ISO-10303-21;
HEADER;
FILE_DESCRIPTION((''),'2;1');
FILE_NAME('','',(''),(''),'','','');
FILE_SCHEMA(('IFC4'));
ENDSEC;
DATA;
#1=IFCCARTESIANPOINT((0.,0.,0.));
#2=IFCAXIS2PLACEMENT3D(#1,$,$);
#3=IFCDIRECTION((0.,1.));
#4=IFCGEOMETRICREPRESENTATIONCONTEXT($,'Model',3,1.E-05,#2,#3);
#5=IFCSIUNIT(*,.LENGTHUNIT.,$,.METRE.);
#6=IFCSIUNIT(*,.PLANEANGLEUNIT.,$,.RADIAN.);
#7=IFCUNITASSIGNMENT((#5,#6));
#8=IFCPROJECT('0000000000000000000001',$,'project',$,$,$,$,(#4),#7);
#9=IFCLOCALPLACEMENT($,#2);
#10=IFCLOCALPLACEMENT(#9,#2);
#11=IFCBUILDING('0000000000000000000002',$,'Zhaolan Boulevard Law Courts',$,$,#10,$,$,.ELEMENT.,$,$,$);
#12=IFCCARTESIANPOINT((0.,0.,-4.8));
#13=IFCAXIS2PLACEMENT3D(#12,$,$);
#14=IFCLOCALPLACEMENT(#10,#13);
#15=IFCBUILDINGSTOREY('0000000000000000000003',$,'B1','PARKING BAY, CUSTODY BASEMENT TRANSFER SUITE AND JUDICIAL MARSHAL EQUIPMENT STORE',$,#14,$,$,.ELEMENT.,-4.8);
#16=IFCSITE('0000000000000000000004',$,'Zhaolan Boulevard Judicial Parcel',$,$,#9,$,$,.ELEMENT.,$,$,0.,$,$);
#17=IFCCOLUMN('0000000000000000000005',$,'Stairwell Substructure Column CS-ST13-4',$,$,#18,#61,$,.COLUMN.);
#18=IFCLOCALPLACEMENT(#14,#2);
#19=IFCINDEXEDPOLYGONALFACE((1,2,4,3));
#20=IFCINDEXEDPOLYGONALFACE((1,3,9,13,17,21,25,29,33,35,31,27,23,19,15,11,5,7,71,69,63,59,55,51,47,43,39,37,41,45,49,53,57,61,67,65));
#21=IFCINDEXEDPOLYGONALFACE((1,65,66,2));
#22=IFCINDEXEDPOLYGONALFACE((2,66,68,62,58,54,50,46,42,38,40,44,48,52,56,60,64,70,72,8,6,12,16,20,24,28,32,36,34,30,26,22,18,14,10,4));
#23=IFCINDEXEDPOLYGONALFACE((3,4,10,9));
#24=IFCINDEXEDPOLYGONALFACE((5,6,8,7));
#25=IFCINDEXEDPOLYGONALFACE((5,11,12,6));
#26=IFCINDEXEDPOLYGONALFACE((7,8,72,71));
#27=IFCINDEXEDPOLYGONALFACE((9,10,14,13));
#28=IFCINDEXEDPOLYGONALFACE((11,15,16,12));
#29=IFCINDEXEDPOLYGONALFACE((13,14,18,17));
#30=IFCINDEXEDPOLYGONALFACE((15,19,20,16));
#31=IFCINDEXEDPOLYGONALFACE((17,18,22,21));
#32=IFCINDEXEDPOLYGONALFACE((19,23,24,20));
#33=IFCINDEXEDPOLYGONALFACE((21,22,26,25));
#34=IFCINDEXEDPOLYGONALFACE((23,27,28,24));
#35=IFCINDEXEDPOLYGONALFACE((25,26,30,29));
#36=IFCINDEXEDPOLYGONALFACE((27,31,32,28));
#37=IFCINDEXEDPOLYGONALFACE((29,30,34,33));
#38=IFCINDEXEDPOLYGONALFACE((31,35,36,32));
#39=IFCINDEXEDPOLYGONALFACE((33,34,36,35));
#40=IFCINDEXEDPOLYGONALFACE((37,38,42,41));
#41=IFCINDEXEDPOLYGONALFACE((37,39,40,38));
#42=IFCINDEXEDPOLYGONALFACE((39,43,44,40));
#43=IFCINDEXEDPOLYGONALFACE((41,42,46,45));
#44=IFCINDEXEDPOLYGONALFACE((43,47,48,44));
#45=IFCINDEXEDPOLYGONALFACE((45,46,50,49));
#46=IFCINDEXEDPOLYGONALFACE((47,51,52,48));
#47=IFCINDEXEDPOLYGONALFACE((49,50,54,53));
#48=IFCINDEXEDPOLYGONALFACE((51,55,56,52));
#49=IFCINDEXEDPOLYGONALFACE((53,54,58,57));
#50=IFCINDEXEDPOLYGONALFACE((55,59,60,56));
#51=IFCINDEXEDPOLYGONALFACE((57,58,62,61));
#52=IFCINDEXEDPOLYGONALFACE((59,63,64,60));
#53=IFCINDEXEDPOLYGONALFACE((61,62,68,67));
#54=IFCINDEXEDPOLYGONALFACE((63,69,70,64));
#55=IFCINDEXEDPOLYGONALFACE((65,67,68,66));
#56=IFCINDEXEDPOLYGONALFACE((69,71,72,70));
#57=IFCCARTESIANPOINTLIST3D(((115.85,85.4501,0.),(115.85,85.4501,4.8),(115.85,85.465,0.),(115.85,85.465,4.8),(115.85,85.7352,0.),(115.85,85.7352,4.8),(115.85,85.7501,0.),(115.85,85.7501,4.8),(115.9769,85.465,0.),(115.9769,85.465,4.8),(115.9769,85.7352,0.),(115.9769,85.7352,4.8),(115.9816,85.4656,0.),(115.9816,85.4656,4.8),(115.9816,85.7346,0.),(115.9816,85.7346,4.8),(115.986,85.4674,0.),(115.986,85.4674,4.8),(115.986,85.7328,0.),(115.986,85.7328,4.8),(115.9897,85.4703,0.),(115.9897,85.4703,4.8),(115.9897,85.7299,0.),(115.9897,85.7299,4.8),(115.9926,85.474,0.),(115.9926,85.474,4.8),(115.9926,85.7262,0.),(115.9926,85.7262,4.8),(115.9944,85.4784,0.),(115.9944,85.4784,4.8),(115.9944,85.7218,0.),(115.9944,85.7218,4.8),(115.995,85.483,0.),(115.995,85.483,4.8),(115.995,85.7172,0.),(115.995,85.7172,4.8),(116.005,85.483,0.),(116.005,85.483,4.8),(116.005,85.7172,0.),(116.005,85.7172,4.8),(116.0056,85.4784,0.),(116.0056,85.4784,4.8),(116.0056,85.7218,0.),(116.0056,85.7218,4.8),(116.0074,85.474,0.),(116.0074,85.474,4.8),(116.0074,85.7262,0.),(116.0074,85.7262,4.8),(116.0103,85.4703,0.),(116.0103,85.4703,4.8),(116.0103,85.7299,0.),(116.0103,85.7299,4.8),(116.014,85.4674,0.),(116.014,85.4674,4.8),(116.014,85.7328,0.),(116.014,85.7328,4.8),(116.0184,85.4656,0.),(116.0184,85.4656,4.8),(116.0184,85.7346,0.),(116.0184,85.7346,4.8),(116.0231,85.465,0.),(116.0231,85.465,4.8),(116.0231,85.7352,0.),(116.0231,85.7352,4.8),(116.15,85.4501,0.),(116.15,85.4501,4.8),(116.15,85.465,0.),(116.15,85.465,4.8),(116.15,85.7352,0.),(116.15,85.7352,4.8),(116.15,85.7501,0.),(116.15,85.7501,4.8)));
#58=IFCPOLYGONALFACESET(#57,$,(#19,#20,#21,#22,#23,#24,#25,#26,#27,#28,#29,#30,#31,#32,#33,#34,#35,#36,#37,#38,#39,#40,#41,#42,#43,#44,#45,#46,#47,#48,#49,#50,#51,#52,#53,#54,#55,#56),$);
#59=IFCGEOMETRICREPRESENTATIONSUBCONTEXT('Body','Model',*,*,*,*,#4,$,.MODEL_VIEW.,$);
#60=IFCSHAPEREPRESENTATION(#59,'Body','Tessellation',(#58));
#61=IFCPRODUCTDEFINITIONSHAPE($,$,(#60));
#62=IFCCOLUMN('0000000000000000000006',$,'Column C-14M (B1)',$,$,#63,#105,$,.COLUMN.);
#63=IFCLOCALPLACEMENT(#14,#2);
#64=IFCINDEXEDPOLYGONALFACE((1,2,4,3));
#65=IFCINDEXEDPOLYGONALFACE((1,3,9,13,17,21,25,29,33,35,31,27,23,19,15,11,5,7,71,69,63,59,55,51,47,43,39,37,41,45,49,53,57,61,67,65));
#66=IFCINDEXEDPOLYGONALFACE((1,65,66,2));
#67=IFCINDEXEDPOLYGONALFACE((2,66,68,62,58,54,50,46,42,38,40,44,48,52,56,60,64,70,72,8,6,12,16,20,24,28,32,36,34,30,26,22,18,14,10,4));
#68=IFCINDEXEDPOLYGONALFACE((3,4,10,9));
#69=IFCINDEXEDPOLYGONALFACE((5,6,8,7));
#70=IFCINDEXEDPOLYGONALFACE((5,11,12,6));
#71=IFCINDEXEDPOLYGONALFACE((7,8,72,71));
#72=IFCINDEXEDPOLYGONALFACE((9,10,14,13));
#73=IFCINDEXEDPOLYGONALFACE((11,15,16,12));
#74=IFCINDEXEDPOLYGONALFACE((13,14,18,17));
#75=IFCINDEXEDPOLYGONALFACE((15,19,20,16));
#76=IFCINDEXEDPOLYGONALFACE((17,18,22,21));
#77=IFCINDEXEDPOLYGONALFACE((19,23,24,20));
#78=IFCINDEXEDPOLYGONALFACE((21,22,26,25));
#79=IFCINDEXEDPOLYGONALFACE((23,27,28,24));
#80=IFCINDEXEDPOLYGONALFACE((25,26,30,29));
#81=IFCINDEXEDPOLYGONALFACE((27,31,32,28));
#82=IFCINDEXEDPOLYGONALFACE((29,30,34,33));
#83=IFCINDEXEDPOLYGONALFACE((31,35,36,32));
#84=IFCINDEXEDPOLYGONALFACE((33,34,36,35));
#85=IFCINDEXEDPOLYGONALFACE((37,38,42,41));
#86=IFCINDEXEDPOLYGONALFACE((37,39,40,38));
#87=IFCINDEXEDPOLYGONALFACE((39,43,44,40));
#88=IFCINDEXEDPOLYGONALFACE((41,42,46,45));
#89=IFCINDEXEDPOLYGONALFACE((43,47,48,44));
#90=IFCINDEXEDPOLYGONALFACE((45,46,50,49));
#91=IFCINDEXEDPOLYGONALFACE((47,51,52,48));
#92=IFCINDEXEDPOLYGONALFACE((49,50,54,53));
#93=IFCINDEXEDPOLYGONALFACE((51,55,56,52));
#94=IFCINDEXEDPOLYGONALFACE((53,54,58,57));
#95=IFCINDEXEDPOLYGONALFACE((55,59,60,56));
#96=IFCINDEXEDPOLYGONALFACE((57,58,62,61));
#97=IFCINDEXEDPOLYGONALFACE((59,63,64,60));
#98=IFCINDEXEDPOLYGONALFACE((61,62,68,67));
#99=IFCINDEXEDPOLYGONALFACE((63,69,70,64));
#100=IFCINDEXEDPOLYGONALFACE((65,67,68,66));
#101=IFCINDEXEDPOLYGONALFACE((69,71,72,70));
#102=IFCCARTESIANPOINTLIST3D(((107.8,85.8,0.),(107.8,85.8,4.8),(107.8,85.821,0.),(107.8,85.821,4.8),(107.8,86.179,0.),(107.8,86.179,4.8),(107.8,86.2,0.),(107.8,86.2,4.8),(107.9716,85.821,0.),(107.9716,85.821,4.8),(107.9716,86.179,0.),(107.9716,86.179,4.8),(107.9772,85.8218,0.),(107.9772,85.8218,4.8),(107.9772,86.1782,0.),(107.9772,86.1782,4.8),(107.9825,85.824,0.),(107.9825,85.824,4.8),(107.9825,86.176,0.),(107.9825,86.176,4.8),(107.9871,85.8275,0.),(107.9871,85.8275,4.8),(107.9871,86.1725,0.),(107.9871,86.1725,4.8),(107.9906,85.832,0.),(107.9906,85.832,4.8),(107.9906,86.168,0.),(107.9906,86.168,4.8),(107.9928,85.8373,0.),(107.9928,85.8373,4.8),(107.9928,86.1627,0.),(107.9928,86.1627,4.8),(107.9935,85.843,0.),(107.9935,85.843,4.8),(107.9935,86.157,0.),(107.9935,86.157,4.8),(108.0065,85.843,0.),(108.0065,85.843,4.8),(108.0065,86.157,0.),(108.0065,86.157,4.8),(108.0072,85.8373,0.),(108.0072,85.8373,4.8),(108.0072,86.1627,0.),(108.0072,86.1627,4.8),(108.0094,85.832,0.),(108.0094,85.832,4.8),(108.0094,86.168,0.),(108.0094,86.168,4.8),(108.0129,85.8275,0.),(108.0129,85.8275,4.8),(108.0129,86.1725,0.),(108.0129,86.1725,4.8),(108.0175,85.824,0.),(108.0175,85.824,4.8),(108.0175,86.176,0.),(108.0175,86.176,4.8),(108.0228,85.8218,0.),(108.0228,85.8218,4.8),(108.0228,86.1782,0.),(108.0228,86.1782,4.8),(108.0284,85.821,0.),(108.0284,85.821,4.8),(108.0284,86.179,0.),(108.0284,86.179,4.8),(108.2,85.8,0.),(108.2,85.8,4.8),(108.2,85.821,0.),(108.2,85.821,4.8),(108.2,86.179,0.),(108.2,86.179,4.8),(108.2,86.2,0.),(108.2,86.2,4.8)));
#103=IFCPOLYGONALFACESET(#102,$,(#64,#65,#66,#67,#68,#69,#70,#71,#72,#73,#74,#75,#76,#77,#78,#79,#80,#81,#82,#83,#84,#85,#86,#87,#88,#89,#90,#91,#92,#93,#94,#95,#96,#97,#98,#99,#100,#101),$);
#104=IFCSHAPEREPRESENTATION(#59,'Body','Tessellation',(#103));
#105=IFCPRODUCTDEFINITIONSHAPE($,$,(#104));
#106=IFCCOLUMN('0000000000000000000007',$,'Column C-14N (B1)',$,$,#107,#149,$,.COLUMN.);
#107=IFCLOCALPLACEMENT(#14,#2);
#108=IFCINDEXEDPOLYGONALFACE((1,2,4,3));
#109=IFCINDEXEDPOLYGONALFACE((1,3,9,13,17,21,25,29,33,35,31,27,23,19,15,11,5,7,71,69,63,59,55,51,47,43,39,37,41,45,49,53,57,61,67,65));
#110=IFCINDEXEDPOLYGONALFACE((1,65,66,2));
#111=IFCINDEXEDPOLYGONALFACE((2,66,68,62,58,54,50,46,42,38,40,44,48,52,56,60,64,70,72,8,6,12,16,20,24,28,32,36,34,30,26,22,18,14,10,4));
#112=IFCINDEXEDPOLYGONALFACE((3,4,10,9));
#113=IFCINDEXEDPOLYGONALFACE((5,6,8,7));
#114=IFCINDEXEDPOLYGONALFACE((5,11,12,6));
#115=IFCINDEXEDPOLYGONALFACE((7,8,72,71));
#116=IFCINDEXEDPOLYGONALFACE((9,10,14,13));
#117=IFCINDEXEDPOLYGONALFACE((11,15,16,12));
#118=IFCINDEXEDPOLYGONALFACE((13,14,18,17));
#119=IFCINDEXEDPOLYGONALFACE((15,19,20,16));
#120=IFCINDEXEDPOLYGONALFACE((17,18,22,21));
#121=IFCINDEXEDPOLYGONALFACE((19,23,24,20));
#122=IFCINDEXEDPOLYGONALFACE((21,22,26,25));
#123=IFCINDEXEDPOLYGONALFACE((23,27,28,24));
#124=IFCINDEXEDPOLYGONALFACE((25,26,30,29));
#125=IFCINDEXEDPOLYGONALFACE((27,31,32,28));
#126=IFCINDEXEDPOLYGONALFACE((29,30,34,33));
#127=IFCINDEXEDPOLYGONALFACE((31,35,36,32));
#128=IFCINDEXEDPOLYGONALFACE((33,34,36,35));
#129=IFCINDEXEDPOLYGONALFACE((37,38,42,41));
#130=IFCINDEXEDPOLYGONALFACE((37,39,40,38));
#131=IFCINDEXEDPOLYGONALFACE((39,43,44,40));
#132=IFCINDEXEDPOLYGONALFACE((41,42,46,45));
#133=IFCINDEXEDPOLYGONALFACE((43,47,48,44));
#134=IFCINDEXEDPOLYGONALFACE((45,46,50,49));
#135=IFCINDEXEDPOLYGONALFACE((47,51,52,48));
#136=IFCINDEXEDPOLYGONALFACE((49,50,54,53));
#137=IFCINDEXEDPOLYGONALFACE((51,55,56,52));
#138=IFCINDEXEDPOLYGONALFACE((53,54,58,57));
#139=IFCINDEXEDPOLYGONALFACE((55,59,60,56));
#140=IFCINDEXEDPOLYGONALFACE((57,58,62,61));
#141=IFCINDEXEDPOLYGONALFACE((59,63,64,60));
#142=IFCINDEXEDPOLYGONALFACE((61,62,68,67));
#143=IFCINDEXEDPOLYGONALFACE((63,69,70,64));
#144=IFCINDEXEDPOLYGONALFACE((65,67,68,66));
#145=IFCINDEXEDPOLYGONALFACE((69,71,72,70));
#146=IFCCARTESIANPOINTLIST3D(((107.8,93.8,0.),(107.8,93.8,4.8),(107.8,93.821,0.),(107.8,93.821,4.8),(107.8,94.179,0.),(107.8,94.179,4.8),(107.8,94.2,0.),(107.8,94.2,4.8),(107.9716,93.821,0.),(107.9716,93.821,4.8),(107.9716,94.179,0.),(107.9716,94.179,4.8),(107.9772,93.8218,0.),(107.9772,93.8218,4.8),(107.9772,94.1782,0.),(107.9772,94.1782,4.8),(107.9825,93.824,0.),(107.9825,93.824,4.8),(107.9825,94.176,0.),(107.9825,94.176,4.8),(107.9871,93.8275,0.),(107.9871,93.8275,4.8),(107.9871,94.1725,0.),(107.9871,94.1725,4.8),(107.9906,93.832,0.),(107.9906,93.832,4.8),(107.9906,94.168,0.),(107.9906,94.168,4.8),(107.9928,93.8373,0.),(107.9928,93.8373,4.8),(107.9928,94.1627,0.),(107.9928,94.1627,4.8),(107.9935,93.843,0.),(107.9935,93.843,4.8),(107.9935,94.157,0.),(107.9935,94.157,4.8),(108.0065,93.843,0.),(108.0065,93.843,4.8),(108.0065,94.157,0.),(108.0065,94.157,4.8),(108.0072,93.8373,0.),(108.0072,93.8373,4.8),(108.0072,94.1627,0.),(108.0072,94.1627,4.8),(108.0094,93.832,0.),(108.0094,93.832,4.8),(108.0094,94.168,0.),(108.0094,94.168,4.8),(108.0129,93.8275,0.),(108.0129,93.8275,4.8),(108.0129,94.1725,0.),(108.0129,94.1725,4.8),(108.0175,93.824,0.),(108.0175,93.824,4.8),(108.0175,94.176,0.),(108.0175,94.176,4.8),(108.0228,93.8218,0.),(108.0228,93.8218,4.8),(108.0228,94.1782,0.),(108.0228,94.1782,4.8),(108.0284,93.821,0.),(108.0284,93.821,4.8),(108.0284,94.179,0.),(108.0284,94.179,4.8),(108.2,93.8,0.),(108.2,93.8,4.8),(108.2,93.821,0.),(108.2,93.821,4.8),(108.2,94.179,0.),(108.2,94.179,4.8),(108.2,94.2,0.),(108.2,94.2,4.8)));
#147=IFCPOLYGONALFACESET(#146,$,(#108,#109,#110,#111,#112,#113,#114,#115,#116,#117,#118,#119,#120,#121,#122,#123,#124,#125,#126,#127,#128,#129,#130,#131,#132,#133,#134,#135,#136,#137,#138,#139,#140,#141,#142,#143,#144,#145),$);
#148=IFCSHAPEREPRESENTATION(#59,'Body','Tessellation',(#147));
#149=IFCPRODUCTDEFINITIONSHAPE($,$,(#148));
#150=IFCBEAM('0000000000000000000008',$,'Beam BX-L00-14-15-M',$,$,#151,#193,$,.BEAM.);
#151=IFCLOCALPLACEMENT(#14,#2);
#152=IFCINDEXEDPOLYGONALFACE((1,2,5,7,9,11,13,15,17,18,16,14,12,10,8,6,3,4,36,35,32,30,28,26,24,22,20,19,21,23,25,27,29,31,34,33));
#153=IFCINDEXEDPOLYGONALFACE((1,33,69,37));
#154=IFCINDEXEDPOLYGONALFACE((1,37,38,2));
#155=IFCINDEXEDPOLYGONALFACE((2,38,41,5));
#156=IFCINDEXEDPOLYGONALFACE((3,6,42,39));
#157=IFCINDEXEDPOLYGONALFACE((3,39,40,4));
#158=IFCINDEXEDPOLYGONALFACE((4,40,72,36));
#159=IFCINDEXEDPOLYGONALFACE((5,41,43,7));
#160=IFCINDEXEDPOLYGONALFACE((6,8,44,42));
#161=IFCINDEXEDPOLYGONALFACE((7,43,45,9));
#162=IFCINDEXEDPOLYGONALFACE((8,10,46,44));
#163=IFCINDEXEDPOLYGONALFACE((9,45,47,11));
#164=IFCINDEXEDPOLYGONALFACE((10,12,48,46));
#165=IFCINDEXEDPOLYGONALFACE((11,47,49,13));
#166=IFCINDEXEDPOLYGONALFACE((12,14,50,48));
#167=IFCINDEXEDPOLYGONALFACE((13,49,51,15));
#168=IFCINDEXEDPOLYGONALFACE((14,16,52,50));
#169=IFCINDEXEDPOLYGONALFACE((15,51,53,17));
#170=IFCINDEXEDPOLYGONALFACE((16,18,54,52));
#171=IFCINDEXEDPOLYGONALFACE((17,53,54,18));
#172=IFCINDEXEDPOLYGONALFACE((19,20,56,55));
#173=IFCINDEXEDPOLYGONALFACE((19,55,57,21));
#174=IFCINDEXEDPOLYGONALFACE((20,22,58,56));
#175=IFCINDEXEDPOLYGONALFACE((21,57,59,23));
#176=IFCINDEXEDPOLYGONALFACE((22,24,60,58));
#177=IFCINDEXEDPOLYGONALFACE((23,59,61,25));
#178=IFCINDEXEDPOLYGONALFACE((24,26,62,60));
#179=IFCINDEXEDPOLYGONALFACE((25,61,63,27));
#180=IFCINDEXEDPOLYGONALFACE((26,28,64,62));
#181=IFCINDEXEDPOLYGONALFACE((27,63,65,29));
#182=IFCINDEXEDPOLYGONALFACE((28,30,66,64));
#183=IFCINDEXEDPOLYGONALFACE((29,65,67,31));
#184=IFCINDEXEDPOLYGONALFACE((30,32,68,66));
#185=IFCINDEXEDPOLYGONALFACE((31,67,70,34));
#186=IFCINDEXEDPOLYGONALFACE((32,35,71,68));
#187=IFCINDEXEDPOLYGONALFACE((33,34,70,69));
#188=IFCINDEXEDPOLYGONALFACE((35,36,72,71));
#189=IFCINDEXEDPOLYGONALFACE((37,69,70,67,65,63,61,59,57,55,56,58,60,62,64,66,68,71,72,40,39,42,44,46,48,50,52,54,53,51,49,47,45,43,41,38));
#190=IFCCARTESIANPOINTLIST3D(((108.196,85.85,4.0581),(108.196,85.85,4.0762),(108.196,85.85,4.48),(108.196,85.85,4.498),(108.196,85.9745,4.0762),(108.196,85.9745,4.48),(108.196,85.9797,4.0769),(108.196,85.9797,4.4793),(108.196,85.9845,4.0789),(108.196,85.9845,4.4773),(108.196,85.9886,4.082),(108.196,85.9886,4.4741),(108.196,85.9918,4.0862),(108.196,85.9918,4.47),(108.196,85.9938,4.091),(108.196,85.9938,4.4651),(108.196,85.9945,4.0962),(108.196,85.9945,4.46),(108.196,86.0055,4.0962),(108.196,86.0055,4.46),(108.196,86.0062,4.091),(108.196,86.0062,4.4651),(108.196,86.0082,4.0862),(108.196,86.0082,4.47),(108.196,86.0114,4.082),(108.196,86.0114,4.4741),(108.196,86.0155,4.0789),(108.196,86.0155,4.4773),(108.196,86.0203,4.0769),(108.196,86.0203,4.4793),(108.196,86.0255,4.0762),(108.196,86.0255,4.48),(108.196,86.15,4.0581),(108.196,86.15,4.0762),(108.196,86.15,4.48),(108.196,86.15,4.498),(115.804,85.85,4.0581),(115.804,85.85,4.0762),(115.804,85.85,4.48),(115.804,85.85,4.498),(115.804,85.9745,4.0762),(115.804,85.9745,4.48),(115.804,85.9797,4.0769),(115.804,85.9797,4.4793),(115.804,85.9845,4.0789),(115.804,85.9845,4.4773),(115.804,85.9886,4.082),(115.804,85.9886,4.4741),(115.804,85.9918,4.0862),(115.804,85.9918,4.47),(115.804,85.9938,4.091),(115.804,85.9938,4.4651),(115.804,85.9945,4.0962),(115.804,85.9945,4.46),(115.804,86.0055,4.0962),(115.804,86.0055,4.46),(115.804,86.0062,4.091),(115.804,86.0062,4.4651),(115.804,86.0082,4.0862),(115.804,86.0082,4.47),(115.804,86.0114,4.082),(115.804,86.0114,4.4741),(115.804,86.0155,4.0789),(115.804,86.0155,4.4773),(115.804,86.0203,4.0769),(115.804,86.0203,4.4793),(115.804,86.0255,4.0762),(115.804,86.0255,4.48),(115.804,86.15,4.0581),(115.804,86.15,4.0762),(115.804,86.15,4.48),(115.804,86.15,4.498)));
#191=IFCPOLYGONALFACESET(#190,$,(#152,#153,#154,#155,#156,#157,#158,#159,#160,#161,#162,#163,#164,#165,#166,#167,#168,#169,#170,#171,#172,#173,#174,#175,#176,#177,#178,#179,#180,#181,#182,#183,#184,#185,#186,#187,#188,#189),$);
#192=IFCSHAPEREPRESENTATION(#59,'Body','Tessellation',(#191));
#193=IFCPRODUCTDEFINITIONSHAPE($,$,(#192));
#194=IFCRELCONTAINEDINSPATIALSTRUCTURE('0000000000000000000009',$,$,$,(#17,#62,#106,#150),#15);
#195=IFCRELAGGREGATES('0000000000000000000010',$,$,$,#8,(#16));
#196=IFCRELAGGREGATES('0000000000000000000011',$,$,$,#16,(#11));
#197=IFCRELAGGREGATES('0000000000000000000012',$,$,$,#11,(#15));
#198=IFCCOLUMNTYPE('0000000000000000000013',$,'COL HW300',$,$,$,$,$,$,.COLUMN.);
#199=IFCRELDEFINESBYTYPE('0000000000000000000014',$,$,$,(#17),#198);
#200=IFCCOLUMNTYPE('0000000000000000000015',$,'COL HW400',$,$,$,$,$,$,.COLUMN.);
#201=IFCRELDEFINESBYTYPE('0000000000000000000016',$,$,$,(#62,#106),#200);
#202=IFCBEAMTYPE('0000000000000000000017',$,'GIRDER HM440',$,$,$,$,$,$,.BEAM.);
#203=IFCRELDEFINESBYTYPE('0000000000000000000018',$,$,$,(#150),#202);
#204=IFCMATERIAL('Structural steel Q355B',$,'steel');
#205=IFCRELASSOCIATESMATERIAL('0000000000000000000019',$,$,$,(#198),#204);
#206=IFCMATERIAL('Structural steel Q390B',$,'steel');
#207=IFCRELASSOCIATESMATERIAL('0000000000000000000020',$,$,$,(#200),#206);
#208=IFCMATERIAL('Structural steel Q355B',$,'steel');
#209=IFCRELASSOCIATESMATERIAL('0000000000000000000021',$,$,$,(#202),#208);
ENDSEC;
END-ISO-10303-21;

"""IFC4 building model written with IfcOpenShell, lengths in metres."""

from ifc_helpers import new_model, si_unit, direction, frame, origin, origin_2d, place, context, subcontext, project, spatial, i_section, extrude, material, material_profile, profile_set, type_object, element, save


model = new_model("IFC4")

# Units and contexts
model_context = context("Model", 3, precision=1e-05, world=origin(), true_north=direction((0.0, 1.0)))
body_context = subcontext(model_context, "Body", "Model", "MODEL_VIEW")
ifc_project = project(units=[si_unit("LENGTHUNIT", "METRE"), si_unit("PLANEANGLEUNIT", "RADIAN")], contexts=[model_context])

# Site, building, storey
site_placement = place(None, origin())
site = spatial("IfcSite", under=ifc_project, at=site_placement, Name="Zhaolan Boulevard Judicial Parcel", CompositionType="ELEMENT", RefElevation=0.0)
building_placement = place(site_placement, origin())
building = spatial("IfcBuilding", under=site, at=building_placement, Name="Zhaolan Boulevard Law Courts", CompositionType="ELEMENT")
storey_placement = place(building_placement, frame((0.0, 0.0, -4.8)))
storey = spatial("IfcBuildingStorey", under=building, at=storey_placement, Name="B1", Description="PARKING BAY, CUSTODY BASEMENT TRANSFER SUITE AND JUDICIAL MARSHAL EQUIPMENT STORE", CompositionType="ELEMENT", Elevation=-4.8)

# Columns
ifc_material_1 = material(Name="Structural steel Q355B", Category="steel")
ifc_material_profile_1 = material_profile(ifc_material_1, i_section(OverallWidth=0.3, OverallDepth=0.3, WebThickness=0.01, FlangeThickness=0.0149, FilletRadius=0.0181, at=origin_2d()), Name="HW300x300")
ifc_profile_set_1 = profile_set([ifc_material_profile_1], Name="Structural steel Q355B")
column_type_1 = type_object("IfcColumnType", Name="COL HW300", PredefinedType="COLUMN", material=ifc_profile_set_1)
for number, where, z_axis, x_axis, name in (
    (1, (116.0, 85.6001, 0.0), (0.0, 0.0, 1.0), (1.0, 0.0, 0.0), "Stairwell Substructure Column CS-ST13-4"),
):
    element("IfcColumn", number, at=place(storey_placement, frame(where, z_axis=z_axis, x_axis=x_axis)), inside=storey, type_object=column_type_1, Name=name, PredefinedType="COLUMN", context=body_context, shape_type="SweptSolid", body=[
        extrude(i_section(OverallWidth=0.3, OverallDepth=0.3, WebThickness=0.01, FlangeThickness=0.0149, FilletRadius=0.0181, at=origin_2d()), origin(), (0.0, 0.0, 1.0), 4.8),
    ])
ifc_material_2 = material(Name="Structural steel Q390B", Category="steel")
ifc_material_profile_2 = material_profile(ifc_material_2, i_section(OverallWidth=0.3999, OverallDepth=0.3999, WebThickness=0.0129, FlangeThickness=0.021, FilletRadius=0.022, at=origin_2d()), Name="HW400x400")
ifc_profile_set_2 = profile_set([ifc_material_profile_2], Name="Structural steel Q390B")
column_type_2 = type_object("IfcColumnType", Name="COL HW400", PredefinedType="COLUMN", material=ifc_profile_set_2)
for number, where, z_axis, x_axis, name in (
    (2, (108.0, 86.0, 0.0), (0.0, 0.0, 1.0), (1.0, 0.0, 0.0), "Column C-14M (B1)"),
    (3, (108.0, 94.0, 0.0), (0.0, 0.0, 1.0), (1.0, 0.0, 0.0), "Column C-14N (B1)"),
):
    element("IfcColumn", number, at=place(storey_placement, frame(where, z_axis=z_axis, x_axis=x_axis)), inside=storey, type_object=column_type_2, Name=name, PredefinedType="COLUMN", context=body_context, shape_type="SweptSolid", body=[
        extrude(i_section(OverallWidth=0.3999, OverallDepth=0.3999, WebThickness=0.0129, FlangeThickness=0.021, FilletRadius=0.022, at=origin_2d()), origin(), (0.0, 0.0, 1.0), 4.8),
    ])

# Beam
ifc_material_3 = material(Name="Structural steel Q355B", Category="steel")
ifc_material_profile_3 = material_profile(ifc_material_3, i_section(OverallWidth=0.3, OverallDepth=0.4399, WebThickness=0.011, FlangeThickness=0.0181, FilletRadius=0.02, at=origin_2d()), Name="HM440x300")
ifc_profile_set_3 = profile_set([ifc_material_profile_3], Name="Structural steel Q355B")
beam_type_1 = type_object("IfcBeamType", Name="GIRDER HM440", PredefinedType="BEAM", material=ifc_profile_set_3)
for number, where, z_axis, x_axis, name in (
    (4, (108.196, 86.0, 4.2781), (1.0, 0.0, 0.0), (0.0, 1.0, 0.0), "Beam BX-L00-14-15-M"),
):
    element("IfcBeam", number, at=place(storey_placement, frame(where, z_axis=z_axis, x_axis=x_axis)), inside=storey, type_object=beam_type_1, Name=name, PredefinedType="BEAM", context=body_context, shape_type="SweptSolid", body=[
        extrude(i_section(OverallWidth=0.3, OverallDepth=0.4399, WebThickness=0.011, FlangeThickness=0.0181, FilletRadius=0.02, at=origin_2d()), origin(), (0.0, 0.0, 1.0), 7.6079),
    ])

save(model, "model.ifc")
